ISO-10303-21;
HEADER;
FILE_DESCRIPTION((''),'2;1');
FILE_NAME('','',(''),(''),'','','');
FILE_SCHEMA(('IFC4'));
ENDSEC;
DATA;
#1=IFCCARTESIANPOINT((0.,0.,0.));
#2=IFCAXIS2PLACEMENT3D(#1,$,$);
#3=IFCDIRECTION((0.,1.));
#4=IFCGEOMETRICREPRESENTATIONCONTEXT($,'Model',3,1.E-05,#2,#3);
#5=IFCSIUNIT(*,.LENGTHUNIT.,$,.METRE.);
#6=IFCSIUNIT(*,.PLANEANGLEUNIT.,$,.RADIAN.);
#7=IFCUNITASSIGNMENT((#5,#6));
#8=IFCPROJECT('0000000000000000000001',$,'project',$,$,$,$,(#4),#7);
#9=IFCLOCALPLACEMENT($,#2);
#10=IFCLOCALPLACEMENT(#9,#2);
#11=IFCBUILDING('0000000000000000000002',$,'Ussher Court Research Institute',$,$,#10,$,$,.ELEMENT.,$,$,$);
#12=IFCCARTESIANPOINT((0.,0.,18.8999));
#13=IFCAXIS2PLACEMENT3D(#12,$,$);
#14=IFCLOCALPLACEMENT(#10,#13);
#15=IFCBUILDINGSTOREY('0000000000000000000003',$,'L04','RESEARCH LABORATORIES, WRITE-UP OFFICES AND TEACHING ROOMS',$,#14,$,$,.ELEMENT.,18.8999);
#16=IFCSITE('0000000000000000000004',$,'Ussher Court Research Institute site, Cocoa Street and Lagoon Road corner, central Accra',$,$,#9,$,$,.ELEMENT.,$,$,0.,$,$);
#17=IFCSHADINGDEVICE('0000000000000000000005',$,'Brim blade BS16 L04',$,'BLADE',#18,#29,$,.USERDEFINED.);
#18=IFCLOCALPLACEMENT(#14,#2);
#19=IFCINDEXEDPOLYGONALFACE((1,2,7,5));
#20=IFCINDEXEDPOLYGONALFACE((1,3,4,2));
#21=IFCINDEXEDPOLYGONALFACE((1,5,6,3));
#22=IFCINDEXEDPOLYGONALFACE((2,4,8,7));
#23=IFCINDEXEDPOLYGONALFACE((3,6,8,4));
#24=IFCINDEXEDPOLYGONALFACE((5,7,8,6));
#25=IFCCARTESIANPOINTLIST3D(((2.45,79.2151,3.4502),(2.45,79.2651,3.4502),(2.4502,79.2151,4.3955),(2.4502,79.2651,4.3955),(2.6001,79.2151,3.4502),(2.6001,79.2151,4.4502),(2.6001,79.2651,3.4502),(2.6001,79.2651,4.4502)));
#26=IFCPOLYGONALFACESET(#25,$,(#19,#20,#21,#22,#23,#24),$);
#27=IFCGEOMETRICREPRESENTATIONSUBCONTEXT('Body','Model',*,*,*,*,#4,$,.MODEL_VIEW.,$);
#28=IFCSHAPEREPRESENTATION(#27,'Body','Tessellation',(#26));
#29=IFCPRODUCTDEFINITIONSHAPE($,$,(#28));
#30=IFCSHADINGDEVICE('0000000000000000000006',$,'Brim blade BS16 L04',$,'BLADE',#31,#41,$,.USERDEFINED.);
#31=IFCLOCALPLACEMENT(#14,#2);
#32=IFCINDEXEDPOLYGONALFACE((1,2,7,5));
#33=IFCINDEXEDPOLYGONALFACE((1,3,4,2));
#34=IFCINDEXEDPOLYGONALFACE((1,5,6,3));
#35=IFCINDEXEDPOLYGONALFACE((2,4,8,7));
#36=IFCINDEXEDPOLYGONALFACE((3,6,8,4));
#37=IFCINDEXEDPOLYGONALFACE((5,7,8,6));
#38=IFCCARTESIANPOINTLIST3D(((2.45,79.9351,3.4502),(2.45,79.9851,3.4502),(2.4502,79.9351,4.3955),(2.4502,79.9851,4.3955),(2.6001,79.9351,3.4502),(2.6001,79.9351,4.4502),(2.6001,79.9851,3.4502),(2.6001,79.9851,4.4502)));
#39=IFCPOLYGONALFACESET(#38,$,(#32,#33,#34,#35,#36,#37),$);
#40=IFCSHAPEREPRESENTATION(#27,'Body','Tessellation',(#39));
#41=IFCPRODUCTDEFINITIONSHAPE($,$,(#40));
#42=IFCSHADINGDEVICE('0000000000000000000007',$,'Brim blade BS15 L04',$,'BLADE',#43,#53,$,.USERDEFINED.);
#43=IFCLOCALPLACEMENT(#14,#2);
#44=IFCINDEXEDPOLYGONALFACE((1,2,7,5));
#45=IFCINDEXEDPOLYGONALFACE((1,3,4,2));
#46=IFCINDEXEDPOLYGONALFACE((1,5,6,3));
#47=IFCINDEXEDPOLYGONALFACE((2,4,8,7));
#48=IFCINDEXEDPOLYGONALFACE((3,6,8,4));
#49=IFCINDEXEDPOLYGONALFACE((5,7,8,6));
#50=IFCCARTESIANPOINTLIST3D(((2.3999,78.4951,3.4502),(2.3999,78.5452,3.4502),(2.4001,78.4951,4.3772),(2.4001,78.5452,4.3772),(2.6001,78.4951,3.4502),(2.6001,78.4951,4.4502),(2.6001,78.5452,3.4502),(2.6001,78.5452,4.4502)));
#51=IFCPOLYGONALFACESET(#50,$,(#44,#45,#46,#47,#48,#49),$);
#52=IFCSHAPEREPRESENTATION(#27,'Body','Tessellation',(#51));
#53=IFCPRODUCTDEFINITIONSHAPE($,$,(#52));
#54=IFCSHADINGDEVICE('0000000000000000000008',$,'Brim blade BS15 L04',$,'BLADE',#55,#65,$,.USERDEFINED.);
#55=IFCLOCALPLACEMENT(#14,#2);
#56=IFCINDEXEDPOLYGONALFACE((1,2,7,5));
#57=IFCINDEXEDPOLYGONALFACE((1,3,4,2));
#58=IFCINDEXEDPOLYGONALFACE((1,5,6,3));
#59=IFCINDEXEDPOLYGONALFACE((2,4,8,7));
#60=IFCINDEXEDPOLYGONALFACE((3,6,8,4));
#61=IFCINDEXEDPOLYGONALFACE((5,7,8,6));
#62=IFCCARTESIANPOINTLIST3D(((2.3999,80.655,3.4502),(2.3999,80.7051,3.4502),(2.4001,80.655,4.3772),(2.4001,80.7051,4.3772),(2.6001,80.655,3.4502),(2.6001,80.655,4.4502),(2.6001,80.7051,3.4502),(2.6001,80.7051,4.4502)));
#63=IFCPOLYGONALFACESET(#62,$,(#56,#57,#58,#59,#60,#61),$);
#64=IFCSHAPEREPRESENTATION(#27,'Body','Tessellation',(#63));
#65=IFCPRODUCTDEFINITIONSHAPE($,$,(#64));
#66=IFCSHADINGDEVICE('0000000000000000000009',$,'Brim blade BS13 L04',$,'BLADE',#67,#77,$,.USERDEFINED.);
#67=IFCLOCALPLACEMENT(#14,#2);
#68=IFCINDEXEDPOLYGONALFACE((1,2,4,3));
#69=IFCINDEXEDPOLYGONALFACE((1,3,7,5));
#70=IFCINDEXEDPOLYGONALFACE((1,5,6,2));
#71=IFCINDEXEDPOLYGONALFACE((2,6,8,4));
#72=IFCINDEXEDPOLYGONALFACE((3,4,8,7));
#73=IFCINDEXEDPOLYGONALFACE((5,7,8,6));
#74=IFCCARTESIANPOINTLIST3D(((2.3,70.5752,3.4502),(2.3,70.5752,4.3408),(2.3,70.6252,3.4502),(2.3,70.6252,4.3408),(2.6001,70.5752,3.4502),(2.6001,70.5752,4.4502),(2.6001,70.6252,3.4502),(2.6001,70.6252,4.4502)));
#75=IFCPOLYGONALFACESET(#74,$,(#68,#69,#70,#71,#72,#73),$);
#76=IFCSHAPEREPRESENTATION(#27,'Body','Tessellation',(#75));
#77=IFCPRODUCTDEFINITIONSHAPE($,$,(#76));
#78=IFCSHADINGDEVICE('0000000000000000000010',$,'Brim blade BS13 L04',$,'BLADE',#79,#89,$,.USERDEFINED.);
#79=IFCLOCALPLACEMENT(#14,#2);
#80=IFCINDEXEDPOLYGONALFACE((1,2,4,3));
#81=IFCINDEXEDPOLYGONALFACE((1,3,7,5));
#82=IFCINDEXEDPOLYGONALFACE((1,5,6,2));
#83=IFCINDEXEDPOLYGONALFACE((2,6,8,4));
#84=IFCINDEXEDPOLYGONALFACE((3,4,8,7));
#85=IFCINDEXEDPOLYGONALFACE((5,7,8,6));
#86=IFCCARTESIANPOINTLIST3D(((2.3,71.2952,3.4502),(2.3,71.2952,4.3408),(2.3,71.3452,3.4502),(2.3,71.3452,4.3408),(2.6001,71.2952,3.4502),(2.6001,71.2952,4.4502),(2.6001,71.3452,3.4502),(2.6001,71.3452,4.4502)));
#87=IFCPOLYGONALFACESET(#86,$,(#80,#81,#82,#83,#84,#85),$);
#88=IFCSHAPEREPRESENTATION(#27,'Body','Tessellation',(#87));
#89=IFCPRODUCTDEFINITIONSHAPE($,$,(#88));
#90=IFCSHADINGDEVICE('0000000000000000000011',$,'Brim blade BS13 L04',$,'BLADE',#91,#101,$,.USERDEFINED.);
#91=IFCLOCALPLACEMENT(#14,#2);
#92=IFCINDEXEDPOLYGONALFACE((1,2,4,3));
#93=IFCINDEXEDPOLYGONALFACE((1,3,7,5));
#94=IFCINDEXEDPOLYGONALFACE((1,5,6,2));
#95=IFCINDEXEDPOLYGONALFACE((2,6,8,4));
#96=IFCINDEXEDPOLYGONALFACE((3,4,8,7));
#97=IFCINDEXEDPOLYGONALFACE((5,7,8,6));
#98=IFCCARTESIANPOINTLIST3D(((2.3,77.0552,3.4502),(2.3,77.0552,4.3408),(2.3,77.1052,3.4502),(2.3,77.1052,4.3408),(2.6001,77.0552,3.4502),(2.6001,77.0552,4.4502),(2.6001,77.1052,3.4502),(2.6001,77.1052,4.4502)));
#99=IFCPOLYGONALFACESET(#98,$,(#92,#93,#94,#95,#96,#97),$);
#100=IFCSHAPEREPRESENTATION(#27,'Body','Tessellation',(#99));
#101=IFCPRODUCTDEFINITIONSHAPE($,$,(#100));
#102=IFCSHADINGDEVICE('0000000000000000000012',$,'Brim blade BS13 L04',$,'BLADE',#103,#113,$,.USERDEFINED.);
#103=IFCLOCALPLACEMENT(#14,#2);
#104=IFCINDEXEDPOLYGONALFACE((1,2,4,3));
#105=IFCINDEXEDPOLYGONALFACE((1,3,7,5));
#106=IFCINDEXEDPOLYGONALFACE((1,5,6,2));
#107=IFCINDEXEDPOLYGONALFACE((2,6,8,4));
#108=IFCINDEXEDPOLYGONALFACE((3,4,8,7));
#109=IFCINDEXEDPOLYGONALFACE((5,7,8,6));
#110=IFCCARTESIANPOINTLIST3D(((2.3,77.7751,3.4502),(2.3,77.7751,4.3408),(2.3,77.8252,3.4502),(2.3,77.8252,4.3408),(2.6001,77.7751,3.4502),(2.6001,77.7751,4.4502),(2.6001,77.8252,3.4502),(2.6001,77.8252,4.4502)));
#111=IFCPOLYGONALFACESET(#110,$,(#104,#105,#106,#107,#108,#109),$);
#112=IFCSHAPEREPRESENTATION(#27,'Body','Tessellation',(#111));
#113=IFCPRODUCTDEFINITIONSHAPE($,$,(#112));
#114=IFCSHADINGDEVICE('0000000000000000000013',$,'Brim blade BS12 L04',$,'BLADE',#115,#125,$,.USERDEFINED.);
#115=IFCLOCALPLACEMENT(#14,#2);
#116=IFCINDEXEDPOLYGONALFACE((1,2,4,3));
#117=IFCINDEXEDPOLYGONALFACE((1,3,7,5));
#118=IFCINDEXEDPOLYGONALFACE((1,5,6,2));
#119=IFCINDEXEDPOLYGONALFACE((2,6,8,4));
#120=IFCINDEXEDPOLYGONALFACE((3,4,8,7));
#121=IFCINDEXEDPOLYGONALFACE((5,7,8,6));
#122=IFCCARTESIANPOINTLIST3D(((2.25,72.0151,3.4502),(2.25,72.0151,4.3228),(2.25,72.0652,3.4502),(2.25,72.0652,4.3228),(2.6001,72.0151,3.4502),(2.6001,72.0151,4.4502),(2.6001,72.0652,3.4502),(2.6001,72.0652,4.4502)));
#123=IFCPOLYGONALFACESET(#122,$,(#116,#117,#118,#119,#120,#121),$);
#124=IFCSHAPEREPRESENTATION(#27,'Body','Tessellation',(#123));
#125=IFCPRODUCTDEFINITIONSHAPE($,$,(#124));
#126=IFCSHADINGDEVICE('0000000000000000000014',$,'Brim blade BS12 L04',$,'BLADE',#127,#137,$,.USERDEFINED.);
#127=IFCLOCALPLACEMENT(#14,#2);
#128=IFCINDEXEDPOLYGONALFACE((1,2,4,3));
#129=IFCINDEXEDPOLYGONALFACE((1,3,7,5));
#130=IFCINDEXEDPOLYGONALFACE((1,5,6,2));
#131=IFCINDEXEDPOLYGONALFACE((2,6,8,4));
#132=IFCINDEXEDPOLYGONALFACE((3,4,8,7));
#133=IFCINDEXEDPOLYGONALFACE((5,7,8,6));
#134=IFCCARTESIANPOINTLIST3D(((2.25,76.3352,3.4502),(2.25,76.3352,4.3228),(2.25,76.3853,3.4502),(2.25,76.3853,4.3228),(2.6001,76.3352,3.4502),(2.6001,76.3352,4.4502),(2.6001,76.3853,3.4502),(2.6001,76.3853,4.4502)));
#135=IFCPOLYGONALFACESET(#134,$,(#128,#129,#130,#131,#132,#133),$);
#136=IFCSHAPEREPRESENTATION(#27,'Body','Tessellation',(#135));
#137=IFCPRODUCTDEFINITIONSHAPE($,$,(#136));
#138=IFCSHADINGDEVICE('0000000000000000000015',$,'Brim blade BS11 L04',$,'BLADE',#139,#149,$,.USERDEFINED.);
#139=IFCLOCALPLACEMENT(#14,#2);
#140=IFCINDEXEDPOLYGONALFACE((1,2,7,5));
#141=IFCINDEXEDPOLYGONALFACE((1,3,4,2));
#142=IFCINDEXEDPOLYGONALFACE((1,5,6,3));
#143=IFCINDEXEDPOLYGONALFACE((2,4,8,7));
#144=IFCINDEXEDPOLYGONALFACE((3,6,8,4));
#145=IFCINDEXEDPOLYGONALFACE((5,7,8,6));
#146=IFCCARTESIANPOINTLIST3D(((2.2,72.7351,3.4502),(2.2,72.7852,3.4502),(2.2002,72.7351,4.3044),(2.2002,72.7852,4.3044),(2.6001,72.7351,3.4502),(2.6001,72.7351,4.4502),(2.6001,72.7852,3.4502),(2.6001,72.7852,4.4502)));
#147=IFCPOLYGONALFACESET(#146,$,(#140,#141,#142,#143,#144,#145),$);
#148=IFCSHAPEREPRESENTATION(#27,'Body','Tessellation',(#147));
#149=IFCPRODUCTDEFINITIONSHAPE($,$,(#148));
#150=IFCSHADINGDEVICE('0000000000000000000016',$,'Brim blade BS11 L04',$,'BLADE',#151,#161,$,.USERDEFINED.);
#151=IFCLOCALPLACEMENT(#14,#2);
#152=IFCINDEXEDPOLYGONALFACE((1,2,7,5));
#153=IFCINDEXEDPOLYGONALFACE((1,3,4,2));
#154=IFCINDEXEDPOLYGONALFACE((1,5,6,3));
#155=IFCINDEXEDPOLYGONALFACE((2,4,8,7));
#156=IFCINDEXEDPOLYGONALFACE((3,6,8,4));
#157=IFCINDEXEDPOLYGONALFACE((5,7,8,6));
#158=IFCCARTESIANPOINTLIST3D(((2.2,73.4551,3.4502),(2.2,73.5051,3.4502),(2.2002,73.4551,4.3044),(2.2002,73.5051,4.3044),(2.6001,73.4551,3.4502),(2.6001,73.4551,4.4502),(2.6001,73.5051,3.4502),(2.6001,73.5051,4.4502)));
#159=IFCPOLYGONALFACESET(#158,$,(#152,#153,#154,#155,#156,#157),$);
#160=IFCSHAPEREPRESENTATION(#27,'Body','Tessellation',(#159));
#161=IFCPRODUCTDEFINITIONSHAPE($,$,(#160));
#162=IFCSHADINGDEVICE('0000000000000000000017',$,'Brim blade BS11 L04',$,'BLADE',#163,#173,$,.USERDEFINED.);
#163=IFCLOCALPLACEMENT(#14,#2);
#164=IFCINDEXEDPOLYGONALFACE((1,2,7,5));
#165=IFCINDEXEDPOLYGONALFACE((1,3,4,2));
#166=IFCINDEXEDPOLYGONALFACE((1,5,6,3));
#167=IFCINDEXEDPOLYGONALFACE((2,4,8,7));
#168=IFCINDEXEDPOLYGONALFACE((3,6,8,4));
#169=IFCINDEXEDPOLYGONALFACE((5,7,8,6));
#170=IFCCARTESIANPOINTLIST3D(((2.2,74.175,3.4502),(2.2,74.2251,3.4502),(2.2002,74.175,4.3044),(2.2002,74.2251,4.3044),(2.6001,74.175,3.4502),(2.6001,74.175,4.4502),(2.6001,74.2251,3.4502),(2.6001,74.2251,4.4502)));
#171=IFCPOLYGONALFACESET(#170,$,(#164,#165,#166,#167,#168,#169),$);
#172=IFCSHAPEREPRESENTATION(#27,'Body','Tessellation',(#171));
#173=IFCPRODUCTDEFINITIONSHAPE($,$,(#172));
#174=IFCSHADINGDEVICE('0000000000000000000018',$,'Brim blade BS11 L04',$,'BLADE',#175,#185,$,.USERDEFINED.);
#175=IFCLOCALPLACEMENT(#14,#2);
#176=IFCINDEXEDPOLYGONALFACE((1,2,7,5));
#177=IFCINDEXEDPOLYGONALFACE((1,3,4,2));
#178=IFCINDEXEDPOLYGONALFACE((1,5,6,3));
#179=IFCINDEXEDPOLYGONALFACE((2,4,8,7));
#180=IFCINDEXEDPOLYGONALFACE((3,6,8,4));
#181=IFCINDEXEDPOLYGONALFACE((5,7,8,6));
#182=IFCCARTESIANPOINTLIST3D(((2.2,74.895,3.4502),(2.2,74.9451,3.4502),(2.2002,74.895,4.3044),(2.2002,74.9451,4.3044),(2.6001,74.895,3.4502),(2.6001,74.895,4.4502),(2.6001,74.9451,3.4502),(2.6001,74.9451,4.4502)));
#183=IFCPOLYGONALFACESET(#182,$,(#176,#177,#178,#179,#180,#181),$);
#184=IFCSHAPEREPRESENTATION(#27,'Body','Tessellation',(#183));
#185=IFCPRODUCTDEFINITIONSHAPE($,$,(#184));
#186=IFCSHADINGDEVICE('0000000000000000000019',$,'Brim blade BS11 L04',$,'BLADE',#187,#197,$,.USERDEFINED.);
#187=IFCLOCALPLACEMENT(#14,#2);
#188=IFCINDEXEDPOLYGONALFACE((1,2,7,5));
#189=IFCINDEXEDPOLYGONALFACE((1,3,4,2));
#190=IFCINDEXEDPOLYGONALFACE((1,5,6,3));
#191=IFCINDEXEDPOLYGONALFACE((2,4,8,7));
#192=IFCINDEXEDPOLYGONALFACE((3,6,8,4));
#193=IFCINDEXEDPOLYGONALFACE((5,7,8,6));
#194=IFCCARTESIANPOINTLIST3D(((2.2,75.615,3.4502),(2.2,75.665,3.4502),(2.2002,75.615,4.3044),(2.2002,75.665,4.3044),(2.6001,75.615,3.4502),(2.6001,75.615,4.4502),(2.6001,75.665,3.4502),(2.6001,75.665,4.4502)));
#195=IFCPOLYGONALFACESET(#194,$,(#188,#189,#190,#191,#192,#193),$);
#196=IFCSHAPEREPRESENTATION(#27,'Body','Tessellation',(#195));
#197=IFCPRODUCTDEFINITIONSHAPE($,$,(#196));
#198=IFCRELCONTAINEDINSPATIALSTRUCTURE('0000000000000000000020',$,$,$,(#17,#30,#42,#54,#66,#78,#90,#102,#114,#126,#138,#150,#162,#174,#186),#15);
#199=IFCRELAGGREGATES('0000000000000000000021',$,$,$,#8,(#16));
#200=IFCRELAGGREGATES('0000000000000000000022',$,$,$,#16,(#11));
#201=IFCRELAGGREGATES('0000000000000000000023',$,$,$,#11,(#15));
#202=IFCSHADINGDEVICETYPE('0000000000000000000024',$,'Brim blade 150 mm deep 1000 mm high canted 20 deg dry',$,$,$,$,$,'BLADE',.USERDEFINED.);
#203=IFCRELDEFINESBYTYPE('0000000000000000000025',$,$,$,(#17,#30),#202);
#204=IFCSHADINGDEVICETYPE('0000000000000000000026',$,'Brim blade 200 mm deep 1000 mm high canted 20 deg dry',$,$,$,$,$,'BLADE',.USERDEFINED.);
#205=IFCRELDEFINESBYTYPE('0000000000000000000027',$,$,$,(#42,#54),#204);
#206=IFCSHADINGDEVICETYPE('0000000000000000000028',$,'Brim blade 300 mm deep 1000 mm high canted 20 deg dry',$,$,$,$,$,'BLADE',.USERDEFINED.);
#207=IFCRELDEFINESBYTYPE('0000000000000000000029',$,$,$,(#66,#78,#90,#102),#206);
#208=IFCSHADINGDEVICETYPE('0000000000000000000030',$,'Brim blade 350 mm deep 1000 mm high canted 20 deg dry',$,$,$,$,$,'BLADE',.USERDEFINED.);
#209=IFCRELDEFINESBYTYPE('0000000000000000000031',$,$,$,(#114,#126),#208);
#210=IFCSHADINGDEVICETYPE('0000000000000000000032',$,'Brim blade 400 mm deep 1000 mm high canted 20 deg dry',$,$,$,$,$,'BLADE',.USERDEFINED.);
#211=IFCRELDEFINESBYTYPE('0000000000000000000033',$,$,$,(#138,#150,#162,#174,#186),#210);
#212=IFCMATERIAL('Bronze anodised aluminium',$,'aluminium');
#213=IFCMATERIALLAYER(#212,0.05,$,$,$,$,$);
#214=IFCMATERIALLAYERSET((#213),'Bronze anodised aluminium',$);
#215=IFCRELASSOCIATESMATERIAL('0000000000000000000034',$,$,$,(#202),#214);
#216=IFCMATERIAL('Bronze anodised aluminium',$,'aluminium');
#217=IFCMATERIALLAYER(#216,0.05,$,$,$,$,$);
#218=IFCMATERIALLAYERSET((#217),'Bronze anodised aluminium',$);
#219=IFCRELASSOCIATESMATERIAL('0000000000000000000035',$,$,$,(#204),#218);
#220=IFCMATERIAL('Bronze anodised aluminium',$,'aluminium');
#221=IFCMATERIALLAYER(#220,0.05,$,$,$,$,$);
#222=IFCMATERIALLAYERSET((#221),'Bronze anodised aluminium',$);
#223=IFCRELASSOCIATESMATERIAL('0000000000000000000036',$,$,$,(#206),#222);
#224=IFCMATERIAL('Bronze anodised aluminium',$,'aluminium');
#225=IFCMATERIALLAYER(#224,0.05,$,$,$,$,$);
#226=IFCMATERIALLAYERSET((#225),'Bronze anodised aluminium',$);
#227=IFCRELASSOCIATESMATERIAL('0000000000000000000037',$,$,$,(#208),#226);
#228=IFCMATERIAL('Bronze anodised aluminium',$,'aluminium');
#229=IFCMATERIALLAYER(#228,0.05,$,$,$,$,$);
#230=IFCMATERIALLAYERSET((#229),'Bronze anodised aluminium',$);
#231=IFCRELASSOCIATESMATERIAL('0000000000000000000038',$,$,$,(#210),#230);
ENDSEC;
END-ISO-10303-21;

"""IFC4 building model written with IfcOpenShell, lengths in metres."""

from ifc_helpers import new_model, si_unit, direction, frame, origin, place, context, subcontext, project, spatial, polyline, outline, extrude, material, layer, layer_set, type_object, element, save


model = new_model("IFC4")

# Units and contexts
model_context = context("Model", 3, precision=1e-05, world=origin(), true_north=direction((0.0, 1.0)))
body_context = subcontext(model_context, "Body", "Model", "MODEL_VIEW")
ifc_project = project(units=[si_unit("LENGTHUNIT", "METRE"), si_unit("PLANEANGLEUNIT", "RADIAN")], contexts=[model_context])

# Site, building, storey
site_placement = place(None, origin())
site = spatial("IfcSite", under=ifc_project, at=site_placement, Name="Ussher Court Research Institute site, Cocoa Street and Lagoon Road corner, central Accra", CompositionType="ELEMENT", RefElevation=0.0)
building_placement = place(site_placement, origin())
building = spatial("IfcBuilding", under=site, at=building_placement, Name="Ussher Court Research Institute", CompositionType="ELEMENT")
storey_placement = place(building_placement, frame((0.0, 0.0, 18.8999)))
storey = spatial("IfcBuildingStorey", under=building, at=storey_placement, Name="L04", Description="RESEARCH LABORATORIES, WRITE-UP OFFICES AND TEACHING ROOMS", CompositionType="ELEMENT", Elevation=18.8999)

# Shading devices
ifc_material_1 = material(Name="Bronze anodised aluminium", Category="aluminium")
ifc_layer_1 = layer(ifc_material_1, 0.05)
ifc_layer_set_1 = layer_set([ifc_layer_1], Name="Bronze anodised aluminium")
shading_device_type_1 = type_object("IfcShadingDeviceType", Name="Brim blade 150 mm deep 1000 mm high canted 20 deg dry", ElementType="BLADE", PredefinedType="USERDEFINED", material=ifc_layer_set_1)
for number, where, z_axis, x_axis, name in (
    (1, (2.6001, 79.24, 3.4502), (0.0, 0.0, 1.0), (-1.0, 0.0, 0.0), "Brim blade BS16 L04"),
    (2, (2.6001, 79.96, 3.4502), (0.0, 0.0, 1.0), (-1.0, 0.0, 0.0), "Brim blade BS16 L04"),
):
    element("IfcShadingDevice", number, at=place(storey_placement, frame(where, z_axis=z_axis, x_axis=x_axis)), inside=storey, type_object=shading_device_type_1, Name=name, ObjectType="BLADE", PredefinedType="USERDEFINED", context=body_context, shape_type="SweptSolid", body=[
        extrude(outline(polyline([(0.0, 0.0), (0.1501, 0.0), (0.1499, 0.9453), (0.0, 1.0), (0.0, 0.0)])), frame((0.0, 0.0249, 0.0), z_axis=(0.0, -1.0, 0.0), x_axis=(1.0, 0.0, 0.0)), (0.0, 0.0, 1.0), 0.05),
    ])
ifc_material_2 = material(Name="Bronze anodised aluminium", Category="aluminium")
ifc_layer_2 = layer(ifc_material_2, 0.05)
ifc_layer_set_2 = layer_set([ifc_layer_2], Name="Bronze anodised aluminium")
shading_device_type_2 = type_object("IfcShadingDeviceType", Name="Brim blade 200 mm deep 1000 mm high canted 20 deg dry", ElementType="BLADE", PredefinedType="USERDEFINED", material=ifc_layer_set_2)
for number, where, z_axis, x_axis, name in (
    (3, (2.6001, 78.52, 3.4502), (0.0, 0.0, 1.0), (-1.0, 0.0, 0.0), "Brim blade BS15 L04"),
    (4, (2.6001, 80.6799, 3.4502), (0.0, 0.0, 1.0), (-1.0, 0.0, 0.0), "Brim blade BS15 L04"),
):
    element("IfcShadingDevice", number, at=place(storey_placement, frame(where, z_axis=z_axis, x_axis=x_axis)), inside=storey, type_object=shading_device_type_2, Name=name, ObjectType="BLADE", PredefinedType="USERDEFINED", context=body_context, shape_type="SweptSolid", body=[
        extrude(outline(polyline([(0.0, 0.0), (0.2002, 0.0), (0.2, 0.927), (0.0, 1.0), (0.0, 0.0)])), frame((0.0, 0.0249, 0.0), z_axis=(0.0, -1.0, 0.0), x_axis=(1.0, 0.0, 0.0)), (0.0, 0.0, 1.0), 0.05),
    ])
ifc_material_3 = material(Name="Bronze anodised aluminium", Category="aluminium")
ifc_layer_3 = layer(ifc_material_3, 0.05)
ifc_layer_set_3 = layer_set([ifc_layer_3], Name="Bronze anodised aluminium")
shading_device_type_3 = type_object("IfcShadingDeviceType", Name="Brim blade 300 mm deep 1000 mm high canted 20 deg dry", ElementType="BLADE", PredefinedType="USERDEFINED", material=ifc_layer_set_3)
for number, where, z_axis, x_axis, name in (
    (5, (2.6001, 70.6001, 3.4502), (0.0, 0.0, 1.0), (-1.0, 0.0, 0.0), "Brim blade BS13 L04"),
    (6, (2.6001, 71.3201, 3.4502), (0.0, 0.0, 1.0), (-1.0, 0.0, 0.0), "Brim blade BS13 L04"),
    (7, (2.6001, 77.0801, 3.4502), (0.0, 0.0, 1.0), (-1.0, 0.0, 0.0), "Brim blade BS13 L04"),
    (8, (2.6001, 77.8, 3.4502), (0.0, 0.0, 1.0), (-1.0, 0.0, 0.0), "Brim blade BS13 L04"),
):
    element("IfcShadingDevice", number, at=place(storey_placement, frame(where, z_axis=z_axis, x_axis=x_axis)), inside=storey, type_object=shading_device_type_3, Name=name, ObjectType="BLADE", PredefinedType="USERDEFINED", context=body_context, shape_type="SweptSolid", body=[
        extrude(outline(polyline([(0.0, 0.0), (0.3, 0.0), (0.3, 0.8906), (0.0, 1.0), (0.0, 0.0)])), frame((0.0, 0.0249, 0.0), z_axis=(0.0, -1.0, 0.0), x_axis=(1.0, 0.0, 0.0)), (0.0, 0.0, 1.0), 0.05),
    ])
ifc_material_4 = material(Name="Bronze anodised aluminium", Category="aluminium")
ifc_layer_4 = layer(ifc_material_4, 0.05)
ifc_layer_set_4 = layer_set([ifc_layer_4], Name="Bronze anodised aluminium")
shading_device_type_4 = type_object("IfcShadingDeviceType", Name="Brim blade 350 mm deep 1000 mm high canted 20 deg dry", ElementType="BLADE", PredefinedType="USERDEFINED", material=ifc_layer_set_4)
for number, where, z_axis, x_axis, name in (
    (9, (2.6001, 72.04, 3.4502), (0.0, 0.0, 1.0), (-1.0, 0.0, 0.0), "Brim blade BS12 L04"),
    (10, (2.6001, 76.3601, 3.4502), (0.0, 0.0, 1.0), (-1.0, 0.0, 0.0), "Brim blade BS12 L04"),
):
    element("IfcShadingDevice", number, at=place(storey_placement, frame(where, z_axis=z_axis, x_axis=x_axis)), inside=storey, type_object=shading_device_type_4, Name=name, ObjectType="BLADE", PredefinedType="USERDEFINED", context=body_context, shape_type="SweptSolid", body=[
        extrude(outline(polyline([(0.0, 0.0), (0.3501, 0.0), (0.3501, 0.8726), (0.0, 1.0), (0.0, 0.0)])), frame((0.0, 0.0249, 0.0), z_axis=(0.0, -1.0, 0.0), x_axis=(1.0, 0.0, 0.0)), (0.0, 0.0, 1.0), 0.05),
    ])
ifc_material_5 = material(Name="Bronze anodised aluminium", Category="aluminium")
ifc_layer_5 = layer(ifc_material_5, 0.05)
ifc_layer_set_5 = layer_set([ifc_layer_5], Name="Bronze anodised aluminium")
shading_device_type_5 = type_object("IfcShadingDeviceType", Name="Brim blade 400 mm deep 1000 mm high canted 20 deg dry", ElementType="BLADE", PredefinedType="USERDEFINED", material=ifc_layer_set_5)
for number, where, z_axis, x_axis, name in (
    (11, (2.6001, 72.76, 3.4502), (0.0, 0.0, 1.0), (-1.0, 0.0, 0.0), "Brim blade BS11 L04"),
    (12, (2.6001, 73.48, 3.4502), (0.0, 0.0, 1.0), (-1.0, 0.0, 0.0), "Brim blade BS11 L04"),
    (13, (2.6001, 74.2, 3.4502), (0.0, 0.0, 1.0), (-1.0, 0.0, 0.0), "Brim blade BS11 L04"),
    (14, (2.6001, 74.9199, 3.4502), (0.0, 0.0, 1.0), (-1.0, 0.0, 0.0), "Brim blade BS11 L04"),
    (15, (2.6001, 75.6399, 3.4502), (0.0, 0.0, 1.0), (-1.0, 0.0, 0.0), "Brim blade BS11 L04"),
):
    element("IfcShadingDevice", number, at=place(storey_placement, frame(where, z_axis=z_axis, x_axis=x_axis)), inside=storey, type_object=shading_device_type_5, Name=name, ObjectType="BLADE", PredefinedType="USERDEFINED", context=body_context, shape_type="SweptSolid", body=[
        extrude(outline(polyline([(0.0, 0.0), (0.4001, 0.0), (0.3999, 0.8542), (0.0, 1.0), (0.0, 0.0)])), frame((0.0, 0.0249, 0.0), z_axis=(0.0, -1.0, 0.0), x_axis=(1.0, 0.0, 0.0)), (0.0, 0.0, 1.0), 0.05),
    ])

save(model, "model.ifc")
